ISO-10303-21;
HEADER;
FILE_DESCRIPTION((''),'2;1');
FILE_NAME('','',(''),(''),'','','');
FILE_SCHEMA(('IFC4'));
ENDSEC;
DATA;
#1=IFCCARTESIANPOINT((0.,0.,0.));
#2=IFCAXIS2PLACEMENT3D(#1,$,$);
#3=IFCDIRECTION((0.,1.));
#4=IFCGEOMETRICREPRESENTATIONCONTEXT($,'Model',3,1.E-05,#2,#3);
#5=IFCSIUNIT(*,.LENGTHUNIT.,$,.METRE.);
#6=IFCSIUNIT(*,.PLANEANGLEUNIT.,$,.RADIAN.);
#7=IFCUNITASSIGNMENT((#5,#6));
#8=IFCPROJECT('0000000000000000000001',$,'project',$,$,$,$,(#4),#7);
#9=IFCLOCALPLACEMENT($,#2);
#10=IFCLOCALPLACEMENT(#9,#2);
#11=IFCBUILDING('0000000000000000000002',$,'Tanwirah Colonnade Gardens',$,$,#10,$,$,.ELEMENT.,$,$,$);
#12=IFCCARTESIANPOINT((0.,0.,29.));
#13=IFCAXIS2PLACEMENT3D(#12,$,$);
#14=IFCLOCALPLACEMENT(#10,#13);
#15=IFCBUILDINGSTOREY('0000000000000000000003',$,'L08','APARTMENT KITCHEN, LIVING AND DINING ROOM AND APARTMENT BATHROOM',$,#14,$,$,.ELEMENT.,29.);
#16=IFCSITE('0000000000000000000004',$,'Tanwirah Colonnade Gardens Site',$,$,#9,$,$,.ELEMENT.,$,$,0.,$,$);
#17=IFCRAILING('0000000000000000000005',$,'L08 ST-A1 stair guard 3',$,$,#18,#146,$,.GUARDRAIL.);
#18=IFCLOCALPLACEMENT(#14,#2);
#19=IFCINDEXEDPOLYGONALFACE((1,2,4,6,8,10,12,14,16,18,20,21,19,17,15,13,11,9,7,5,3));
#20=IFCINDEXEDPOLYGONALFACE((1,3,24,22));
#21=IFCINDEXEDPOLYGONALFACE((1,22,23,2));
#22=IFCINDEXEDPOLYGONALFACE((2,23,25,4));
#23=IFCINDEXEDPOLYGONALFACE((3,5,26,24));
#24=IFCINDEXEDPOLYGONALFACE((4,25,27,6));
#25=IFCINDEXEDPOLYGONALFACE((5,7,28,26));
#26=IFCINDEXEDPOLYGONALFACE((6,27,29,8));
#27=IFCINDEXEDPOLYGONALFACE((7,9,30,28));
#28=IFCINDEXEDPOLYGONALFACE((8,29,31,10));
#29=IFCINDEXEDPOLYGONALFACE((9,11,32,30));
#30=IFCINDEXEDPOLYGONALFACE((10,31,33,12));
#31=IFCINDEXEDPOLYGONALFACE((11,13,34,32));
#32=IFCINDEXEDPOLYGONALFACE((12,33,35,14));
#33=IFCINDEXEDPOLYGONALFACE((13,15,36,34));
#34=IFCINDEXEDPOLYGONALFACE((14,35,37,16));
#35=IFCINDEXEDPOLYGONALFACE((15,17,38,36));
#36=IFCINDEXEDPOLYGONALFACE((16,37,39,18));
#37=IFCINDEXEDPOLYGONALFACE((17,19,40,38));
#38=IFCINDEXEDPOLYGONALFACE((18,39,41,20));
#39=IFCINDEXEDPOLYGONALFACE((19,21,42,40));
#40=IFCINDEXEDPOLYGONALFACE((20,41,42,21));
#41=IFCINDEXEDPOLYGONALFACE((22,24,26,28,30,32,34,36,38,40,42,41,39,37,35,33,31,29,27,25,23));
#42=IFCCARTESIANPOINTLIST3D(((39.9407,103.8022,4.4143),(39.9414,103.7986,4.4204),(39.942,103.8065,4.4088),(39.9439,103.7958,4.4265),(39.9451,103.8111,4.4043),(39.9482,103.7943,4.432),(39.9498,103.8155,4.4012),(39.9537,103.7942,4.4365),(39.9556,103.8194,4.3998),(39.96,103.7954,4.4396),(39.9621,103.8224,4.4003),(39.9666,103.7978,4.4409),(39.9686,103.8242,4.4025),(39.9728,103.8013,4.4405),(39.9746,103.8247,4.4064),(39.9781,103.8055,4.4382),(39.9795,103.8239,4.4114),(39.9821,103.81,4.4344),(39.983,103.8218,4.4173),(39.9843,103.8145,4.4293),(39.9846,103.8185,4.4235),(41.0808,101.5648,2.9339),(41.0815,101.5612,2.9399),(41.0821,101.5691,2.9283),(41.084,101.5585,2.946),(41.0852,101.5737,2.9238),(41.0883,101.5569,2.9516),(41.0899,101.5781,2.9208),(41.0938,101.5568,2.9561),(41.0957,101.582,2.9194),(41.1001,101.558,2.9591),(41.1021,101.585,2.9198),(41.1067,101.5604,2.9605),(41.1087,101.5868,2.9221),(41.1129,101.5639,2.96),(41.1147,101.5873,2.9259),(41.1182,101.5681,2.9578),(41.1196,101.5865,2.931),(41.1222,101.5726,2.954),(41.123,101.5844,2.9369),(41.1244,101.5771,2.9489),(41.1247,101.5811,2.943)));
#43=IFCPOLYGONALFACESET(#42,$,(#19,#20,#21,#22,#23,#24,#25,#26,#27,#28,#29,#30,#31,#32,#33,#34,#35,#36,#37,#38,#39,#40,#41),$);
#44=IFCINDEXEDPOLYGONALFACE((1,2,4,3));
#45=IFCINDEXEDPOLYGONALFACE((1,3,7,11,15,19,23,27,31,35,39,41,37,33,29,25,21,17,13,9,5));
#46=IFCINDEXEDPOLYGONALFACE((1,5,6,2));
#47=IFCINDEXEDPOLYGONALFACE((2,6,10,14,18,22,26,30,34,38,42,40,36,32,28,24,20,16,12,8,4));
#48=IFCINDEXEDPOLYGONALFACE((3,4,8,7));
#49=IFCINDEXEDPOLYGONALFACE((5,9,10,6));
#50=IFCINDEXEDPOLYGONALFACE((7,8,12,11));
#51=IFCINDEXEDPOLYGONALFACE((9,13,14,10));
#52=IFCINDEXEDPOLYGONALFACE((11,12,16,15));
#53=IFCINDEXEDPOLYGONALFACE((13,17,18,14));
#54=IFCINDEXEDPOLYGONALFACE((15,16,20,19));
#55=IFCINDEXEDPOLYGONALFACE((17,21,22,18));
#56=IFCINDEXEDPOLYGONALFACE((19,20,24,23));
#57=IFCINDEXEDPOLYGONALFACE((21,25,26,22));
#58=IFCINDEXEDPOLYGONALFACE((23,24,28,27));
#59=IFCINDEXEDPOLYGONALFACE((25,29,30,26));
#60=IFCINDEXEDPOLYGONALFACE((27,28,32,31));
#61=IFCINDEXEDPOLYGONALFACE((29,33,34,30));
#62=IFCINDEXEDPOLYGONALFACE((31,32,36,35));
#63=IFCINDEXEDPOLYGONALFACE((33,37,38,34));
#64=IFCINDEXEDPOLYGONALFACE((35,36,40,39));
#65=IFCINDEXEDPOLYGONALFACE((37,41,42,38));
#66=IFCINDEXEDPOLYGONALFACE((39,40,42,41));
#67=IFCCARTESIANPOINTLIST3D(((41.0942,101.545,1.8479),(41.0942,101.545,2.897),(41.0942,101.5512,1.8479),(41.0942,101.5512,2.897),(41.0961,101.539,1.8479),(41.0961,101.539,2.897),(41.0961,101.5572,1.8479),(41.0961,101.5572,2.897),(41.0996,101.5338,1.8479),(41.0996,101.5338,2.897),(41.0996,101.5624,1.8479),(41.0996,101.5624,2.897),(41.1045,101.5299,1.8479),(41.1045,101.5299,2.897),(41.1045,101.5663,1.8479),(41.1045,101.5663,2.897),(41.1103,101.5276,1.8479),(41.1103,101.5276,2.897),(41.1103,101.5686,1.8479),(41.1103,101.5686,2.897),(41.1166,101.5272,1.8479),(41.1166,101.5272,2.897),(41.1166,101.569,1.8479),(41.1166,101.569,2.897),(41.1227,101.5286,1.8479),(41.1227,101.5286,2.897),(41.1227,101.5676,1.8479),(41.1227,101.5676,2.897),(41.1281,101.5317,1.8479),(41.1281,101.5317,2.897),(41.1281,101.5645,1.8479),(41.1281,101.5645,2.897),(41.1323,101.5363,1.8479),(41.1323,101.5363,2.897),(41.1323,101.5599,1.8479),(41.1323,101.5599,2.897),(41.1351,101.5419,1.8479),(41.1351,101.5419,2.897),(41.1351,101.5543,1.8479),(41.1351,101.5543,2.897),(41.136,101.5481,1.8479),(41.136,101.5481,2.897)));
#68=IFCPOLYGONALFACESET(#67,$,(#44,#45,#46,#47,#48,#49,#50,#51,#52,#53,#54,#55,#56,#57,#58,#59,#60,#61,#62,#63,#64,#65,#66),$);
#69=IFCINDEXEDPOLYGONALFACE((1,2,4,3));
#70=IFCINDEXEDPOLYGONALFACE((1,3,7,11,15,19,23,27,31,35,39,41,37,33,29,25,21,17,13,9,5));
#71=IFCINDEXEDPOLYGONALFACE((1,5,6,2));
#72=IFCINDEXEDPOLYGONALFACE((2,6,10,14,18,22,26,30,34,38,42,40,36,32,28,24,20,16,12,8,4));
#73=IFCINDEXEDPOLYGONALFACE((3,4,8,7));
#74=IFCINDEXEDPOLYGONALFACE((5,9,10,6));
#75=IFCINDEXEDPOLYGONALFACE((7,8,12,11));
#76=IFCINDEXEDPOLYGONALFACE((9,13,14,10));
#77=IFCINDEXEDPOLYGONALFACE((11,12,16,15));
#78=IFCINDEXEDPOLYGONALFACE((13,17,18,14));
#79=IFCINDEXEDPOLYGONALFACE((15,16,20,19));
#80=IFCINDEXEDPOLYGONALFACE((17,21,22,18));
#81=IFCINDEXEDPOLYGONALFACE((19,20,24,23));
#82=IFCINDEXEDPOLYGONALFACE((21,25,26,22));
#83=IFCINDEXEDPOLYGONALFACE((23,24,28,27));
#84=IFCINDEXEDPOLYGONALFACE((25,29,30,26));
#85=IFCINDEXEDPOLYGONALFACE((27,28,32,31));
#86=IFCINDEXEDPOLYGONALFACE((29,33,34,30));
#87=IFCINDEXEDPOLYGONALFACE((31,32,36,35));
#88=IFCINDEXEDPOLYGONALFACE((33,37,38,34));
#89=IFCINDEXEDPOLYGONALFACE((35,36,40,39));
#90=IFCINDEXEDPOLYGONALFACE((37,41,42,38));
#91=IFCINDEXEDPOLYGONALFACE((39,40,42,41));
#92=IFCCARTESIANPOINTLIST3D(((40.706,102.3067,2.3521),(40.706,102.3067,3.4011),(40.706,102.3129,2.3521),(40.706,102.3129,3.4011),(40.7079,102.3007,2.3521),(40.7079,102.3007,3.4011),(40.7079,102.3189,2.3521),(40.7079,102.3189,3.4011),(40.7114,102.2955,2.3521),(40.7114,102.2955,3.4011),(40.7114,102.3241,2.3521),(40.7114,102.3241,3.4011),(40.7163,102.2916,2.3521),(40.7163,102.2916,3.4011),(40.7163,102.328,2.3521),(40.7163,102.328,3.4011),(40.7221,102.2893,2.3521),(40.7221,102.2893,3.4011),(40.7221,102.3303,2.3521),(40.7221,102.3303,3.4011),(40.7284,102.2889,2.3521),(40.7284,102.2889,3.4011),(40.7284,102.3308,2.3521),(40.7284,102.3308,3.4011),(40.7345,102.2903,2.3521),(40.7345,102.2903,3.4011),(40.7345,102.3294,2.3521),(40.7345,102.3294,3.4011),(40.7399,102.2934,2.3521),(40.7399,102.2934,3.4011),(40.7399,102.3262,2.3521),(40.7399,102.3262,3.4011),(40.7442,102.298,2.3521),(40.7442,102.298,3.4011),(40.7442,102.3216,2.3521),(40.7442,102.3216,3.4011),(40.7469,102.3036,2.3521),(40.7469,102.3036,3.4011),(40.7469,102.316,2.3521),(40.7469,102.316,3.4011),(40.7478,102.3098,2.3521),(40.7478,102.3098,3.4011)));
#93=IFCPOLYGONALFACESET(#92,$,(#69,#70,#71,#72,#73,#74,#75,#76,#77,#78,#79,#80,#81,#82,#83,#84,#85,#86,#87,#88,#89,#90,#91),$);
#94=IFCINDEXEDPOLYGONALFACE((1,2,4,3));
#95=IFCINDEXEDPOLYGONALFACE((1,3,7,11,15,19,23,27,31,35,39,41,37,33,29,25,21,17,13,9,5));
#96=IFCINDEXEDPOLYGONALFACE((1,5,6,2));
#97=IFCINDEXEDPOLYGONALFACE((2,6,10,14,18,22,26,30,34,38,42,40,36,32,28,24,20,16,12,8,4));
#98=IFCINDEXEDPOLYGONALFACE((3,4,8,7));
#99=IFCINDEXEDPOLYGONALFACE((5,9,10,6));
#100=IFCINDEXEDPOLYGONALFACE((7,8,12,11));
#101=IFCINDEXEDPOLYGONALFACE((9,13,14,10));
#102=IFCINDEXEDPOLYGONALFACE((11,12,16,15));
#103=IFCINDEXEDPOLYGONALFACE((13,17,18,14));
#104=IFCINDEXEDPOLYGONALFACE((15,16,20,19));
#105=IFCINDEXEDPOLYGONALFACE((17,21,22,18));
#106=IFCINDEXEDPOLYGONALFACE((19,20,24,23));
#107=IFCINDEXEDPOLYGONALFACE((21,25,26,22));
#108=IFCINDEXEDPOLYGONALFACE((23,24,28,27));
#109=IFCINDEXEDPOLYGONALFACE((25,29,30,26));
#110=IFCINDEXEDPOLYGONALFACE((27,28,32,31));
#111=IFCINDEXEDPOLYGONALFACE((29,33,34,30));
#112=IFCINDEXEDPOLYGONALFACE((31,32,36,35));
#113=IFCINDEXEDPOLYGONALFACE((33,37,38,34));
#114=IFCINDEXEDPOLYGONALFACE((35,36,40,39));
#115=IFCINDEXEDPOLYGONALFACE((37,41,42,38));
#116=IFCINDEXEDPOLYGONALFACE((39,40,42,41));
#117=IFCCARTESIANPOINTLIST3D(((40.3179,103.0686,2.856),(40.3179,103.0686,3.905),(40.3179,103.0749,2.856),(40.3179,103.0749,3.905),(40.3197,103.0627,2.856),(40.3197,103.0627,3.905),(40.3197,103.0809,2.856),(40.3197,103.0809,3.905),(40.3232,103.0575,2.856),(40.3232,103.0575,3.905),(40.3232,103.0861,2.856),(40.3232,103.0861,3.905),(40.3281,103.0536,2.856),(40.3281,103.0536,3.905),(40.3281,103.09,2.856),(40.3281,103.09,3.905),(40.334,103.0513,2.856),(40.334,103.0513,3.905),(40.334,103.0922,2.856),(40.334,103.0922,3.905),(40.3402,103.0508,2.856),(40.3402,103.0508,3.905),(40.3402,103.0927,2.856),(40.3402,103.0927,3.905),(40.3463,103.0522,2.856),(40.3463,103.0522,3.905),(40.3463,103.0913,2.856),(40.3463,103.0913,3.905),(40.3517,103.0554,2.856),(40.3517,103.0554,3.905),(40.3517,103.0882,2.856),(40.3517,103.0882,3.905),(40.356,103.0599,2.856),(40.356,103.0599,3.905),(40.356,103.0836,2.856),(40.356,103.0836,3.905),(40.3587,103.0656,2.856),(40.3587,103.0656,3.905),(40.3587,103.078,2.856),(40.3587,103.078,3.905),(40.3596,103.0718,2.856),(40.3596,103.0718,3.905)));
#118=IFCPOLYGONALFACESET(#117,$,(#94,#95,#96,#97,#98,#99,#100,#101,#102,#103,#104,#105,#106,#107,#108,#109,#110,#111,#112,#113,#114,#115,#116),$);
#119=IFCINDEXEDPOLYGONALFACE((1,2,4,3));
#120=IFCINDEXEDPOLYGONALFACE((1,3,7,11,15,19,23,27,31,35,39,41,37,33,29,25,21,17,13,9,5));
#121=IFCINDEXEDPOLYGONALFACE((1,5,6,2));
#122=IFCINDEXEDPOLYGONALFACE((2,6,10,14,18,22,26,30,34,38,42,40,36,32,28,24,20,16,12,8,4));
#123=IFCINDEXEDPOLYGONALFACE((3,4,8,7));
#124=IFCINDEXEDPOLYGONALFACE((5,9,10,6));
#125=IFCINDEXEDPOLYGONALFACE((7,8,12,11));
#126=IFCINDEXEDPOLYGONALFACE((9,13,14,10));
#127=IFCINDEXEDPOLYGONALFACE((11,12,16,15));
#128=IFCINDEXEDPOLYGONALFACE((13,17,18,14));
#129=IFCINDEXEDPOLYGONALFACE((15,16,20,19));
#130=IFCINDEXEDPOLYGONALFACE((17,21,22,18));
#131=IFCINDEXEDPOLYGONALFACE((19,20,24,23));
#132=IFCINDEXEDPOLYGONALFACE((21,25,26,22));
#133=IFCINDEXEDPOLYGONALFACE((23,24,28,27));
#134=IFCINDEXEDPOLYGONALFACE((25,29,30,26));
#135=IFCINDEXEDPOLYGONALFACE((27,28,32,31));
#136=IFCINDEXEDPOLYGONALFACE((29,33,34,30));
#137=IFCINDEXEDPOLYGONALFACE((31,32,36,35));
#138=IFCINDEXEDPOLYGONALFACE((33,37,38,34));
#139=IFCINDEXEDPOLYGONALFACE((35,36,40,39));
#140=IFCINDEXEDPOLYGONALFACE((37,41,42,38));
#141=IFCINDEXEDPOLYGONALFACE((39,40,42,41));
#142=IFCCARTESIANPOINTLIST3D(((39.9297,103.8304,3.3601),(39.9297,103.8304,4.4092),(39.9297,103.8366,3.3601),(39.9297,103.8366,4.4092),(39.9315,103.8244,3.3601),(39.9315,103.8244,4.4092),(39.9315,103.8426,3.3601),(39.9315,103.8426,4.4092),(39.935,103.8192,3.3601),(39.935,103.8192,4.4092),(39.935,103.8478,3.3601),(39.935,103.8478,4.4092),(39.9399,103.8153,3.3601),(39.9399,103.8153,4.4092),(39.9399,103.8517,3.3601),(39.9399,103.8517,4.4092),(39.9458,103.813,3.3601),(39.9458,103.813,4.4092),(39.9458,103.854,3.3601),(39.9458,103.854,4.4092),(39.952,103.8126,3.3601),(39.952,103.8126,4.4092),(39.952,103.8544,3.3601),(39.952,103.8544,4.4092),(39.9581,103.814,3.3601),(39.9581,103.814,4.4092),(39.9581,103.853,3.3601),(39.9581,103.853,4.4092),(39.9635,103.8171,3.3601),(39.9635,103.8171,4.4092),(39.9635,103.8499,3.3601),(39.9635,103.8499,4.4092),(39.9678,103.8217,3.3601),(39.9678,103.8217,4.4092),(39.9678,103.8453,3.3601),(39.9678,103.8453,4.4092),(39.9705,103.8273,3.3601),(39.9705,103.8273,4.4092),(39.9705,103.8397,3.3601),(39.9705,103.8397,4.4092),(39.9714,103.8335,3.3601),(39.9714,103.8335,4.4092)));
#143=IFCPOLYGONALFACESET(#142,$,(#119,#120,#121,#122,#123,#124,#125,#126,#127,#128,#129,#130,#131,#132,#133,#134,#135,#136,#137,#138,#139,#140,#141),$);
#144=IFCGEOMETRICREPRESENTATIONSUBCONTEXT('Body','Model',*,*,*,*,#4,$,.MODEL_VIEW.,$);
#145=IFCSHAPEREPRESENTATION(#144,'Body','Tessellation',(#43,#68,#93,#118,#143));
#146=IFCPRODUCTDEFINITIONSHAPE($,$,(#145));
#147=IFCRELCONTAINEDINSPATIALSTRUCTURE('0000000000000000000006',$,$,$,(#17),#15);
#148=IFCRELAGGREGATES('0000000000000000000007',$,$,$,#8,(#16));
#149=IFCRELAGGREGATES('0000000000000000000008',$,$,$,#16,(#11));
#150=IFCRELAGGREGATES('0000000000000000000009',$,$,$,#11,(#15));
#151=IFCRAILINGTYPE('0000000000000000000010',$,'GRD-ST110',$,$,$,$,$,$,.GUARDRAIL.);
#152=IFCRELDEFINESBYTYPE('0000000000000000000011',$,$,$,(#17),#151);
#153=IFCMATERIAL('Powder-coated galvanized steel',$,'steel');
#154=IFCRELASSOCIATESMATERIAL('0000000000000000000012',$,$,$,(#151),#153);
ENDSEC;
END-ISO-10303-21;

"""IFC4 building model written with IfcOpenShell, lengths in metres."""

from ifc_helpers import new_model, si_unit, direction, frame, origin, origin_2d, place, context, subcontext, project, spatial, circle, extrude, material, type_object, element, save


model = new_model("IFC4")

# Units and contexts
model_context = context("Model", 3, precision=1e-05, world=origin(), true_north=direction((0.0, 1.0)))
body_context = subcontext(model_context, "Body", "Model", "MODEL_VIEW")
ifc_project = project(units=[si_unit("LENGTHUNIT", "METRE"), si_unit("PLANEANGLEUNIT", "RADIAN")], contexts=[model_context])

# Site, building, storey
site_placement = place(None, origin())
site = spatial("IfcSite", under=ifc_project, at=site_placement, Name="Tanwirah Colonnade Gardens Site", CompositionType="ELEMENT", RefElevation=0.0)
building_placement = place(site_placement, origin())
building = spatial("IfcBuilding", under=site, at=building_placement, Name="Tanwirah Colonnade Gardens", CompositionType="ELEMENT")
storey_placement = place(building_placement, frame((0.0, 0.0, 29.0)))
storey = spatial("IfcBuildingStorey", under=building, at=storey_placement, Name="L08", Description="APARTMENT KITCHEN, LIVING AND DINING ROOM AND APARTMENT BATHROOM", CompositionType="ELEMENT", Elevation=29.0)

# Railing
ifc_material_1 = material(Name="Powder-coated galvanized steel", Category="steel")
railing_type_1 = type_object("IfcRailingType", Name="GRD-ST110", PredefinedType="GUARDRAIL", material=ifc_material_1)
railing_1_placement = place(storey_placement, frame((41.115, 101.5481, 1.8479)))
element("IfcRailing", 1, at=railing_1_placement, inside=storey, type_object=railing_type_1, Name="L08 ST-A1 stair guard 3", PredefinedType="GUARDRAIL", context=body_context, shape_type="SweptSolid", body=[
    extrude(circle(Radius=0.0239, at=origin_2d()), frame((-0.0122, 0.0239, 1.092), z_axis=(-0.391106, 0.767535, 0.507864), x_axis=(-0.890994, -0.454016, 0.0)), (0.0, 0.0, 1.0), 2.915),
    extrude(circle(Radius=0.021, at=origin_2d()), origin(), (0.0, 0.0, 1.0), 1.0491),
    extrude(circle(Radius=0.021, at=origin_2d()), frame((-0.3882, 0.7617, 0.5042)), (0.0, 0.0, 1.0), 1.0491),
    extrude(circle(Radius=0.021, at=origin_2d()), frame((-0.7764, 1.5237, 1.0081)), (0.0, 0.0, 1.0), 1.0491),
    extrude(circle(Radius=0.021, at=origin_2d()), frame((-1.1646, 2.2854, 1.5122)), (0.0, 0.0, 1.0), 1.0491),
])

save(model, "model.ifc")
